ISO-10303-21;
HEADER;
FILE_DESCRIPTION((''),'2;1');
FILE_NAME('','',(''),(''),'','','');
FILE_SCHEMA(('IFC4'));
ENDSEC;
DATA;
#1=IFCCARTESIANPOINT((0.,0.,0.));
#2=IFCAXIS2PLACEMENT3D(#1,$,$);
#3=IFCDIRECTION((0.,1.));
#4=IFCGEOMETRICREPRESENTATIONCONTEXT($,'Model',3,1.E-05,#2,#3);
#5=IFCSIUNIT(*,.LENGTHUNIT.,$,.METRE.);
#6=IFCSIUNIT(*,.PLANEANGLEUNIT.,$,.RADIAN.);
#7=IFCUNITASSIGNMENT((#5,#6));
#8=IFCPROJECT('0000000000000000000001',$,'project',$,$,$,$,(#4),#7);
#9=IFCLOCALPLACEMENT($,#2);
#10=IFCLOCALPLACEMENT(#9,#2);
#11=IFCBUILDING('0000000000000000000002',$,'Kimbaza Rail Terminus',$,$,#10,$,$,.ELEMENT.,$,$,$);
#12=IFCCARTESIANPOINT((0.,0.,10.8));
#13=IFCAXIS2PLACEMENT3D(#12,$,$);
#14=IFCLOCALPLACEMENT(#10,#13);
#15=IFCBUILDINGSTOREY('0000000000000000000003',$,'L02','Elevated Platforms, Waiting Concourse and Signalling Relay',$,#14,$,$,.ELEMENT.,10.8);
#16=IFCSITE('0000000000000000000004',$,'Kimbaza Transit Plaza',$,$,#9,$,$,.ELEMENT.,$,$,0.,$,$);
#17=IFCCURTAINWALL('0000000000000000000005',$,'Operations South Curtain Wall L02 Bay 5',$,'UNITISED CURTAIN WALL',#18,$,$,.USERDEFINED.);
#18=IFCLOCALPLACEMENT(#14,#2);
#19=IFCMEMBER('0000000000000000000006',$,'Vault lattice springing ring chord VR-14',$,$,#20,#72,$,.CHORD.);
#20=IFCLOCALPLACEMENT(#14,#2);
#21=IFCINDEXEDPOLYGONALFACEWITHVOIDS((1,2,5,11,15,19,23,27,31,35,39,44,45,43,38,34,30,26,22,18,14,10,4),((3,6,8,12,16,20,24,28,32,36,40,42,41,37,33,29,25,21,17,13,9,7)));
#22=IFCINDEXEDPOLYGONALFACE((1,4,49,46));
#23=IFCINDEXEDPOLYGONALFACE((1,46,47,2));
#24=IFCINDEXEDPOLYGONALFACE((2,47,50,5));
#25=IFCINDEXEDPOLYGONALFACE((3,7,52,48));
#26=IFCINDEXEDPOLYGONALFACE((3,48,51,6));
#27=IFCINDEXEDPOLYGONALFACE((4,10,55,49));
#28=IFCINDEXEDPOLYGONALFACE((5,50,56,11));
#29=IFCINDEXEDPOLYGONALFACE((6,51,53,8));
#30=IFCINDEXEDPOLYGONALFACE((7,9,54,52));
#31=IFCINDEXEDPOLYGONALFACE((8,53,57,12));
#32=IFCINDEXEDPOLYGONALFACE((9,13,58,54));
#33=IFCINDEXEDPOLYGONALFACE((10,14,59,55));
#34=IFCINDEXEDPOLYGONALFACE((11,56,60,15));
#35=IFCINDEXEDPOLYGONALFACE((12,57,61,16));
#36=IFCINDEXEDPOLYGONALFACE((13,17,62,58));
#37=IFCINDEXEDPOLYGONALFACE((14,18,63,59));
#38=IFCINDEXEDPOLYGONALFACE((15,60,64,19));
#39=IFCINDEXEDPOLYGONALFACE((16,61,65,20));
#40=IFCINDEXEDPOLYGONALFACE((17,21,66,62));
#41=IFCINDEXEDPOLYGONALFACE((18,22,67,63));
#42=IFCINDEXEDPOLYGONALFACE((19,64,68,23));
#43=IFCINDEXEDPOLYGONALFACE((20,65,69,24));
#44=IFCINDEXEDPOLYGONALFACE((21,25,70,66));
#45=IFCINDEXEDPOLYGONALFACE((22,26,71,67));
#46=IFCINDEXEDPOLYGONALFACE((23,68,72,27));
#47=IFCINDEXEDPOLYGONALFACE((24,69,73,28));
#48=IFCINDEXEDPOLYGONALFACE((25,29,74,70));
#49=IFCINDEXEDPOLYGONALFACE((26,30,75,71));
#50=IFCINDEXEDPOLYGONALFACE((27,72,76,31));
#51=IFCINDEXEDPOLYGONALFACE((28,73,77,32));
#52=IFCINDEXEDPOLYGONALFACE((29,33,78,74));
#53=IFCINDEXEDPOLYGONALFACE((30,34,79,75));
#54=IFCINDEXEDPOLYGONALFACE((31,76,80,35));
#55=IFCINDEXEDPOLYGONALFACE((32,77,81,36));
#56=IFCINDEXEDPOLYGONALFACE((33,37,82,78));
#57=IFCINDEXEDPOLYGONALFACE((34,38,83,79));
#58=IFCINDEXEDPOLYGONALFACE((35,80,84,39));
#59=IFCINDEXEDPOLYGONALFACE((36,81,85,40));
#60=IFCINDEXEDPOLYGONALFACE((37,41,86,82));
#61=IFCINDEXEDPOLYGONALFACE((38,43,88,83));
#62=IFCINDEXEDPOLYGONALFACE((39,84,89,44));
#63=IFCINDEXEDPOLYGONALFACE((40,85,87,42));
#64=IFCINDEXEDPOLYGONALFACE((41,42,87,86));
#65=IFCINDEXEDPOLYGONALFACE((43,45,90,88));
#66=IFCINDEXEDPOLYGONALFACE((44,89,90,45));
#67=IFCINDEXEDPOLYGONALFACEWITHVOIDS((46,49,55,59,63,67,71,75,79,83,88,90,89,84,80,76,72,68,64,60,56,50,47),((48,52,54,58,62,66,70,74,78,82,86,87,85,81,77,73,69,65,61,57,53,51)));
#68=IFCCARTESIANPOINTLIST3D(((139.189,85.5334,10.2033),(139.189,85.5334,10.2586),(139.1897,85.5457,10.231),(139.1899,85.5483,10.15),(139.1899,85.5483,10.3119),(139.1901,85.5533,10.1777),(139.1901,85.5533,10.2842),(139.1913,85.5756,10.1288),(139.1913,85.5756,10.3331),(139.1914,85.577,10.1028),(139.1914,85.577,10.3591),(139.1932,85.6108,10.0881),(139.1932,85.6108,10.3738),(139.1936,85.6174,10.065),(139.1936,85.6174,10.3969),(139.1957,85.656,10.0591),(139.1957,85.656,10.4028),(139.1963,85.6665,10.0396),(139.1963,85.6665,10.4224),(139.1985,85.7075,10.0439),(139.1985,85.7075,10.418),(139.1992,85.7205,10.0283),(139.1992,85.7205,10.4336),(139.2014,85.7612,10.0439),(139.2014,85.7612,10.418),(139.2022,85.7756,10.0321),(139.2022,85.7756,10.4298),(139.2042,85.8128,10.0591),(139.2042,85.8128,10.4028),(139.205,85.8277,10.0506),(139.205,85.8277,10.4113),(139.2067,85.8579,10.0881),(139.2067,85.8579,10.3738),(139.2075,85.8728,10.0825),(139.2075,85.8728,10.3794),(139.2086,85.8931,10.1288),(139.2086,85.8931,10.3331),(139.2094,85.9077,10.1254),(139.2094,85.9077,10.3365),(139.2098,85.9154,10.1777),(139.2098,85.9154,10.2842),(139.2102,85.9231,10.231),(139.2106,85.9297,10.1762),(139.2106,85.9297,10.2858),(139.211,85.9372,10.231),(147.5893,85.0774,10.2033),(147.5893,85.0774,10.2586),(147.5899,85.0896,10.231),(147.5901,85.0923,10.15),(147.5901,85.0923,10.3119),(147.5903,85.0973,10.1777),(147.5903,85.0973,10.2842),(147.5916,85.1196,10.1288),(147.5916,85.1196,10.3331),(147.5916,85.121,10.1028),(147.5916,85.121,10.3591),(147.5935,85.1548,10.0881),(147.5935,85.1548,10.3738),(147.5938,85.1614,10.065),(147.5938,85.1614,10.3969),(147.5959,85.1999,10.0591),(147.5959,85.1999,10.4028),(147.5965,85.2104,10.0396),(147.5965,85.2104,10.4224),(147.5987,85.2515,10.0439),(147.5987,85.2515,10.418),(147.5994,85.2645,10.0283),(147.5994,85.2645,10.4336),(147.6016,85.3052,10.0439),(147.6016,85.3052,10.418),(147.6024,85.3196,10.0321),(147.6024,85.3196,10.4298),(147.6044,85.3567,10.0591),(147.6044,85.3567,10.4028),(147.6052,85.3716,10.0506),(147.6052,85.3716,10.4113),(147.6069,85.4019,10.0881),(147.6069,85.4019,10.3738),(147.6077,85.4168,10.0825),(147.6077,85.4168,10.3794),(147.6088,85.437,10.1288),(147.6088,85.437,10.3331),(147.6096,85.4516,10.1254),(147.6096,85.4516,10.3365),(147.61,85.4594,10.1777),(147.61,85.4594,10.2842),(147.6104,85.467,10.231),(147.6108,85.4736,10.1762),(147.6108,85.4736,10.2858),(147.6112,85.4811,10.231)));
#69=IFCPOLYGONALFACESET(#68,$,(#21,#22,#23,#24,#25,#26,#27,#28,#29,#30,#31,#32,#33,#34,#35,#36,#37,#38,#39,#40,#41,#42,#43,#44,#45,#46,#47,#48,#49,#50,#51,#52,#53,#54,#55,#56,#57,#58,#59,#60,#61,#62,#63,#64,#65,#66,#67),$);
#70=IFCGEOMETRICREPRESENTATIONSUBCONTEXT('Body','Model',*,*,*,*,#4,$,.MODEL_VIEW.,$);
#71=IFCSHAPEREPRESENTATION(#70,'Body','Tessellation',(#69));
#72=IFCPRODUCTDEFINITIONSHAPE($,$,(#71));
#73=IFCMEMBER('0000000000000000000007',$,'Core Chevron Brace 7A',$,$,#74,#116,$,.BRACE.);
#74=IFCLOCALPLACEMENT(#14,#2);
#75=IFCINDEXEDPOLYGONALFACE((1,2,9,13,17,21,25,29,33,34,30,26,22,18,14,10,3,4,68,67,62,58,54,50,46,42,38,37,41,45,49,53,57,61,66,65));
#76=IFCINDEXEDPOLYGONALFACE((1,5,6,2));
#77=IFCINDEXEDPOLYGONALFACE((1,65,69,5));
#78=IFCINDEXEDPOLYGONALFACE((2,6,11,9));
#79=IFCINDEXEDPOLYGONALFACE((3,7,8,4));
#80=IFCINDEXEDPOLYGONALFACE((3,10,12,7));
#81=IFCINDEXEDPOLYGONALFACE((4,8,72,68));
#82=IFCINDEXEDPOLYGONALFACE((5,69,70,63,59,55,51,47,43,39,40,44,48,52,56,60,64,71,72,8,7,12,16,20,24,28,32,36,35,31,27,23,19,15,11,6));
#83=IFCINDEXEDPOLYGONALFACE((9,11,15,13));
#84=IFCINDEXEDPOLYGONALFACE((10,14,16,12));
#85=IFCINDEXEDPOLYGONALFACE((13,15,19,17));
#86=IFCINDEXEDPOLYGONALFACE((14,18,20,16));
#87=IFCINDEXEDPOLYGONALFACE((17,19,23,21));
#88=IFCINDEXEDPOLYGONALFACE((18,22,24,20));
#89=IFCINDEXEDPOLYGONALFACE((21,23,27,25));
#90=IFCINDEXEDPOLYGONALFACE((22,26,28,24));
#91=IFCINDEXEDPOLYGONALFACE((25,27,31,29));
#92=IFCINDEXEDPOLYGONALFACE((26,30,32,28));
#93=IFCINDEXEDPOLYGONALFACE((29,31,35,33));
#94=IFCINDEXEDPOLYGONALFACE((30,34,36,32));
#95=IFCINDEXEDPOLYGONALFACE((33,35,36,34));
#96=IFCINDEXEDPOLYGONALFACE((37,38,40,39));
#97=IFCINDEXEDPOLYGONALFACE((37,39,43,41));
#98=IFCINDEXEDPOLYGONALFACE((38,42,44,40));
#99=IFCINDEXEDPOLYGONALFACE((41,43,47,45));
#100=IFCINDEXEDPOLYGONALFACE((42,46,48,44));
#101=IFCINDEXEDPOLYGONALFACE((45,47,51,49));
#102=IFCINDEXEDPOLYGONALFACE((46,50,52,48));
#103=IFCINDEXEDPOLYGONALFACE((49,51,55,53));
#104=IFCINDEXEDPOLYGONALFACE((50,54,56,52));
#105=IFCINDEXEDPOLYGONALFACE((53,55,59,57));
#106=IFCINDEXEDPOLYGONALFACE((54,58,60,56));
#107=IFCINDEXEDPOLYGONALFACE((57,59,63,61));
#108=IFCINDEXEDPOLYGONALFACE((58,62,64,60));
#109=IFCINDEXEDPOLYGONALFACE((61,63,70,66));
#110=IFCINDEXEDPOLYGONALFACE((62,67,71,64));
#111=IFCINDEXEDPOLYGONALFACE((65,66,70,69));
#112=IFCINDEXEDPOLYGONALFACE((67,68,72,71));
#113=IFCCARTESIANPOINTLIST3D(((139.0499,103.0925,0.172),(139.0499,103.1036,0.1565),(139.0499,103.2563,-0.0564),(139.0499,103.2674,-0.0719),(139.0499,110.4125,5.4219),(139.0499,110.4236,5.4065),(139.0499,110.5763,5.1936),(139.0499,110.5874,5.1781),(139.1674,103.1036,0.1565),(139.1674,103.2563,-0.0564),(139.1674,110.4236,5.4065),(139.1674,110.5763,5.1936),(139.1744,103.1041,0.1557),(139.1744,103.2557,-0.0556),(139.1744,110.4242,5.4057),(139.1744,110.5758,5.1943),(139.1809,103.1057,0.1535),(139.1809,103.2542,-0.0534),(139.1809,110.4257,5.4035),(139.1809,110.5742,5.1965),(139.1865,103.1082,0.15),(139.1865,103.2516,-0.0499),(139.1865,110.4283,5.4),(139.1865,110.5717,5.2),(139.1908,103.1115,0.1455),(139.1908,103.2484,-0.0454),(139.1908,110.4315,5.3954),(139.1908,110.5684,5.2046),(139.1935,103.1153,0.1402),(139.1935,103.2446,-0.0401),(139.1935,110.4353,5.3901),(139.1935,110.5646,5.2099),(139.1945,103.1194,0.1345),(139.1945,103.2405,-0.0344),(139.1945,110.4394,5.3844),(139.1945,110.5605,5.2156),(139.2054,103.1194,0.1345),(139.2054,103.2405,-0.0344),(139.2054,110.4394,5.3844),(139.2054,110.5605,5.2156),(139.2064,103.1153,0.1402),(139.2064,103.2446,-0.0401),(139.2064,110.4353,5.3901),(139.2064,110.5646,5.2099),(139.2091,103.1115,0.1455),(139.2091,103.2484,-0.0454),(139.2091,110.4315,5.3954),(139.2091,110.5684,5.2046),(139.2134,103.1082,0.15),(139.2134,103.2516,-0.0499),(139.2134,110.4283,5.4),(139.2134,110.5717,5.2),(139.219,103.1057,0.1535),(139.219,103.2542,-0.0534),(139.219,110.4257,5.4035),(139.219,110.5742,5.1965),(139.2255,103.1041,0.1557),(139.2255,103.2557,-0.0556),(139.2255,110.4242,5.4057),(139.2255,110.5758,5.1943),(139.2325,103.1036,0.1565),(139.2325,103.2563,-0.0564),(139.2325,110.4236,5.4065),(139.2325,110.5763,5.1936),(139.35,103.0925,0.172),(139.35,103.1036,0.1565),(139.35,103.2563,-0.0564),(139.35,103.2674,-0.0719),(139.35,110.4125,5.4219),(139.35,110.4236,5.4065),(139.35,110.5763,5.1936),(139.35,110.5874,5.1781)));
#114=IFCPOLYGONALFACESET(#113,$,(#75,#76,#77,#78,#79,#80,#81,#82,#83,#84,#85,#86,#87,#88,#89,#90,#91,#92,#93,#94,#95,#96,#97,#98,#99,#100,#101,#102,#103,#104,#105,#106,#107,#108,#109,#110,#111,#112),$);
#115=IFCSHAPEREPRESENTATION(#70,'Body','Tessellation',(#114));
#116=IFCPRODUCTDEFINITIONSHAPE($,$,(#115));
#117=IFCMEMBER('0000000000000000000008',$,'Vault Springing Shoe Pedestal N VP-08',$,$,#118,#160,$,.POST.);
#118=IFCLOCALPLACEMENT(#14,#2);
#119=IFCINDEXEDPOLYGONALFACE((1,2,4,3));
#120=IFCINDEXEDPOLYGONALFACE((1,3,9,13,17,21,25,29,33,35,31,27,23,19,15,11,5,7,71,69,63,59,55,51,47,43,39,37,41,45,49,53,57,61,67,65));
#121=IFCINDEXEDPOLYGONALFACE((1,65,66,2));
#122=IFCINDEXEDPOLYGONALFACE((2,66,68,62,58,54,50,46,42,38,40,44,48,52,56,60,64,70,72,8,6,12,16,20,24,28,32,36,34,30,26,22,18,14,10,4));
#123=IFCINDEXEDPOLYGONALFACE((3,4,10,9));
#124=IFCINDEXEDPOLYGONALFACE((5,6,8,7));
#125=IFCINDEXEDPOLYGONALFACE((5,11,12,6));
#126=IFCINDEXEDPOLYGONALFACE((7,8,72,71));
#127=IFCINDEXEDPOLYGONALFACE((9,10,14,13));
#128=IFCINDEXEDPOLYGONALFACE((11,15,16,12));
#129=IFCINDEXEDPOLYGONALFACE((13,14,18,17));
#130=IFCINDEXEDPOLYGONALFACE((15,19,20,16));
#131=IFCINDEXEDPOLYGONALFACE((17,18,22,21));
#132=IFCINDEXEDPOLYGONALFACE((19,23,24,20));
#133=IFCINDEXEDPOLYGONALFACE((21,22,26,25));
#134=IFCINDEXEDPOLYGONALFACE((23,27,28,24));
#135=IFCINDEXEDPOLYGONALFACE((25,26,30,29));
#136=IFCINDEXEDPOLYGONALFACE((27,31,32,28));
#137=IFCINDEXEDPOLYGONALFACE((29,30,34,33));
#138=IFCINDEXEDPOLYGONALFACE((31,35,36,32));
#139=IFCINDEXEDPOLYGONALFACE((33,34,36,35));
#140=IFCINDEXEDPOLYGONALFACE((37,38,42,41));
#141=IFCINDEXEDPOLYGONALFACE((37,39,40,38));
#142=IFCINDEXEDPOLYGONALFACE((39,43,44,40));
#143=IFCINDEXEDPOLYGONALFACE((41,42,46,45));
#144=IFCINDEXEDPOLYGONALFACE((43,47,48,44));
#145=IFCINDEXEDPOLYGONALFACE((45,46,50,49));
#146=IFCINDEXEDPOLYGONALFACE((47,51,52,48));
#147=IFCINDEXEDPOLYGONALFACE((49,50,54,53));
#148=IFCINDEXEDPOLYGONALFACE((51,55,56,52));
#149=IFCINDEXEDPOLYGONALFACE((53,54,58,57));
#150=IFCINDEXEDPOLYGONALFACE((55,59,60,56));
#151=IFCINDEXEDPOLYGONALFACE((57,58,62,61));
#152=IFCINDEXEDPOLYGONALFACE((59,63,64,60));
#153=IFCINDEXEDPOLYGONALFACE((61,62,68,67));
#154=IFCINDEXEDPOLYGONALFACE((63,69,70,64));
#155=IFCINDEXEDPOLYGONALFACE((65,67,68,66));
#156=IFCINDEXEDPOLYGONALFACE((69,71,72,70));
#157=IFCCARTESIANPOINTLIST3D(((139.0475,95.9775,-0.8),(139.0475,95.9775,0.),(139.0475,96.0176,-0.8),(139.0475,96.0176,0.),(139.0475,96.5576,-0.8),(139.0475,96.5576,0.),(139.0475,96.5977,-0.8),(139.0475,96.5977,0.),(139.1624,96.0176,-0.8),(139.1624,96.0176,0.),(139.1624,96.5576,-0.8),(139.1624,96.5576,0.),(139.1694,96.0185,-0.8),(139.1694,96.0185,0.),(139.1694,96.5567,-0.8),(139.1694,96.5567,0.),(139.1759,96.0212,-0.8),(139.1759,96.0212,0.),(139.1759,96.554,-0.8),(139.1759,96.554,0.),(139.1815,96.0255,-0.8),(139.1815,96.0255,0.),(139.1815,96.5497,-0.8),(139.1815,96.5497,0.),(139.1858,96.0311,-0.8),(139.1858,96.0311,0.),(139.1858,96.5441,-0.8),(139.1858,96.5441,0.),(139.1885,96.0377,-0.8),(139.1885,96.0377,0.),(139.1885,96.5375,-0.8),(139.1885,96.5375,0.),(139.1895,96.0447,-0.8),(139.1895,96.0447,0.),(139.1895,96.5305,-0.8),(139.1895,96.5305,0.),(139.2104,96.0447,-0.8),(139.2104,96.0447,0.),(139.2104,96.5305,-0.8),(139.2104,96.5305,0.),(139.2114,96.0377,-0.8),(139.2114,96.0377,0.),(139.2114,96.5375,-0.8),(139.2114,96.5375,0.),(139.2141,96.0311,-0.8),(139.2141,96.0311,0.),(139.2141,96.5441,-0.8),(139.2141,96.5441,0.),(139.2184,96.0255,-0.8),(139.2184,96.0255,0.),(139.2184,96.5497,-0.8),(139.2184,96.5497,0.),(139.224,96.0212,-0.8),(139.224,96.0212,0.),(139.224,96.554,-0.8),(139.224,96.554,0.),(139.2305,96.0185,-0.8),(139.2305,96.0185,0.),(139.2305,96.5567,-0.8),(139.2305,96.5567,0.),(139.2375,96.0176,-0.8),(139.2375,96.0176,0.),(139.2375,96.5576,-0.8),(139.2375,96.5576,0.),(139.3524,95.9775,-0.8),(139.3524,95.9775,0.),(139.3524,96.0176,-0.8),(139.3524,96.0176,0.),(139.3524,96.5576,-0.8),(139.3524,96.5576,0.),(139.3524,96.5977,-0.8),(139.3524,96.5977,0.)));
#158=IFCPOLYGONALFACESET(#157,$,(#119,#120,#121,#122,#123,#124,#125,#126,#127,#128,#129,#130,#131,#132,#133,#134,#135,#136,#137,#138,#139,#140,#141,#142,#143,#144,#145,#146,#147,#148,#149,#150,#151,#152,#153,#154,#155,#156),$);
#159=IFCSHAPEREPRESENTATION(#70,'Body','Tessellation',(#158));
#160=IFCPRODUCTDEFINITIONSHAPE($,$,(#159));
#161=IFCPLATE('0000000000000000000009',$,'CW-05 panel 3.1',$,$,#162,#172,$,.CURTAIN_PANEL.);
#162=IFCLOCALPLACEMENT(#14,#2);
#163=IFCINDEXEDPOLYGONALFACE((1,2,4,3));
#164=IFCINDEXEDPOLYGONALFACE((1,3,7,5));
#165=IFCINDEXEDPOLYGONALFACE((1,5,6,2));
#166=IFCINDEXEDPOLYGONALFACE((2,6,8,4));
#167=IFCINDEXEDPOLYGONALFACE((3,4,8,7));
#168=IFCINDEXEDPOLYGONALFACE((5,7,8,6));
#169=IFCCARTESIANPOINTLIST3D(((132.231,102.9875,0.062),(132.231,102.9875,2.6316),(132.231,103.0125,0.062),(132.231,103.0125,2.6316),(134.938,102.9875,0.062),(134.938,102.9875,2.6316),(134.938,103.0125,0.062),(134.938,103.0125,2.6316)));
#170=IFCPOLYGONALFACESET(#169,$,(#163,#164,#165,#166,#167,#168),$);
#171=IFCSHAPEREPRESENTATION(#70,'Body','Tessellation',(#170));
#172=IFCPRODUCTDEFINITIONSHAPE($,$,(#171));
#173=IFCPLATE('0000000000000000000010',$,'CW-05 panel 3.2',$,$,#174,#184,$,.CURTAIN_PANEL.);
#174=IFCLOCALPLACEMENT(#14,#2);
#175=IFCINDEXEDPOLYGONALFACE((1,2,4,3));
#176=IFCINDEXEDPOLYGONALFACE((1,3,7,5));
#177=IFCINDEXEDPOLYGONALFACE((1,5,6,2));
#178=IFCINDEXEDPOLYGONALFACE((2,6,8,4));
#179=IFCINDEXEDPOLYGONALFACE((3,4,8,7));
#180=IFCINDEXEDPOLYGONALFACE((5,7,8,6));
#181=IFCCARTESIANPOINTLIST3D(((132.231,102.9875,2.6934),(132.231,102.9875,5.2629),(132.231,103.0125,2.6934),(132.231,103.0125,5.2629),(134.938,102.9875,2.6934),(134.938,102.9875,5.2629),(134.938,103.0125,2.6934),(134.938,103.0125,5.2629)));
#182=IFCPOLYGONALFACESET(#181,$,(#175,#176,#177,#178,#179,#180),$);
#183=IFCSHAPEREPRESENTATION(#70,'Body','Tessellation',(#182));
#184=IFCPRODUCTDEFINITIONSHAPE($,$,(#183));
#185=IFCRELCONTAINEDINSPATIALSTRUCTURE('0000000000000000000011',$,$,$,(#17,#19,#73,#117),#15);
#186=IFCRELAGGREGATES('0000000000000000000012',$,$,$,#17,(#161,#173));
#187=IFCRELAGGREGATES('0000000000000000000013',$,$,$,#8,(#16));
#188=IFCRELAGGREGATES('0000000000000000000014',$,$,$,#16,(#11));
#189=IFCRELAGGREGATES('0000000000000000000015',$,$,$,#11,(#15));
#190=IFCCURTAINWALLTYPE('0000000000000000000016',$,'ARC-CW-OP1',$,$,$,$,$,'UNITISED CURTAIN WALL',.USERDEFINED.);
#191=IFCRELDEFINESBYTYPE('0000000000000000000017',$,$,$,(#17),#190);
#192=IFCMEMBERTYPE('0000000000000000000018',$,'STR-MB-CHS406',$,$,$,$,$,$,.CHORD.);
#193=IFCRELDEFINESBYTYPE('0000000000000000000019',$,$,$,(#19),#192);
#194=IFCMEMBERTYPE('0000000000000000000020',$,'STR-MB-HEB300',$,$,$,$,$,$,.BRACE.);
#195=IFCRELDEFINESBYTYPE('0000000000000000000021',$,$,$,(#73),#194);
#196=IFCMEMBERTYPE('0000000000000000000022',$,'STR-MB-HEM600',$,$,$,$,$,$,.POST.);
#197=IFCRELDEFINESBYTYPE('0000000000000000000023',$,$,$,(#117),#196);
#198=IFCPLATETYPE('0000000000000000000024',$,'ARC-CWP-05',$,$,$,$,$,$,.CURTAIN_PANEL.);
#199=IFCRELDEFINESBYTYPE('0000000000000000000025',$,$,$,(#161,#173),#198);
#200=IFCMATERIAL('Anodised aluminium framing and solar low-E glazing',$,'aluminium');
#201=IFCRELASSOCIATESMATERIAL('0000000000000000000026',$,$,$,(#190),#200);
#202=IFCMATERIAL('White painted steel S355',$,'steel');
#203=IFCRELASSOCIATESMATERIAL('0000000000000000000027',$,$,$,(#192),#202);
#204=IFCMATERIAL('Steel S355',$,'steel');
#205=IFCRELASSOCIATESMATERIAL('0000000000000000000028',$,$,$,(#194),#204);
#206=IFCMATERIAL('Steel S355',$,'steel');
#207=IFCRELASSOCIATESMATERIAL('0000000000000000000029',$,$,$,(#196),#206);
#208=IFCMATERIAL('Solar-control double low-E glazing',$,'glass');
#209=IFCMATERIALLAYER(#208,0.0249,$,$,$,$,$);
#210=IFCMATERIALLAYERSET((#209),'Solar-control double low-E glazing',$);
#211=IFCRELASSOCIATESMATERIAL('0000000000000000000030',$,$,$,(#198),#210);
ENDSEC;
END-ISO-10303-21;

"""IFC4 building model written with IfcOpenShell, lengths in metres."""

from ifc_helpers import new_model, si_unit, direction, frame, origin, origin_2d, place, context, subcontext, project, spatial, rectangle, hollow_circle, i_section, extrude, material, layer, layer_set, material_profile, profile_set, type_object, element, aggregate, save


model = new_model("IFC4")

# Units and contexts
model_context = context("Model", 3, precision=1e-05, world=origin(), true_north=direction((0.0, 1.0)))
body_context = subcontext(model_context, "Body", "Model", "MODEL_VIEW")
ifc_project = project(units=[si_unit("LENGTHUNIT", "METRE"), si_unit("PLANEANGLEUNIT", "RADIAN")], contexts=[model_context])

# Site, building, storey
site_placement = place(None, origin())
site = spatial("IfcSite", under=ifc_project, at=site_placement, Name="Kimbaza Transit Plaza", CompositionType="ELEMENT", RefElevation=0.0)
building_placement = place(site_placement, origin())
building = spatial("IfcBuilding", under=site, at=building_placement, Name="Kimbaza Rail Terminus", CompositionType="ELEMENT")
storey_placement = place(building_placement, frame((0.0, 0.0, 10.8)))
storey = spatial("IfcBuildingStorey", under=building, at=storey_placement, Name="L02", Description="Elevated Platforms, Waiting Concourse and Signalling Relay", CompositionType="ELEMENT", Elevation=10.8)

# Curtain wall
ifc_material_1 = material(Name="Anodised aluminium framing and solar low-E glazing", Category="aluminium")
curtain_wall_type = type_object("IfcCurtainWallType", Name="ARC-CW-OP1", ElementType="UNITISED CURTAIN WALL", PredefinedType="USERDEFINED", material=ifc_material_1)
curtain_wall_1_placement = place(storey_placement, origin())
curtain_wall_1 = element("IfcCurtainWall", 1, at=curtain_wall_1_placement, inside=storey, type_object=curtain_wall_type, Name="Operations South Curtain Wall L02 Bay 5", ObjectType="UNITISED CURTAIN WALL", PredefinedType="USERDEFINED")

# Members
ifc_material_2 = material(Name="White painted steel S355", Category="steel")
ifc_material_profile_1 = material_profile(ifc_material_2, hollow_circle(Radius=0.2031, WallThickness=0.0142, at=origin_2d()), Name="CHS 406.4x14.2")
ifc_profile_set_1 = profile_set([ifc_material_profile_1], Name="White painted steel S355")
member_type_1 = type_object("IfcMemberType", Name="STR-MB-CHS406", PredefinedType="CHORD", material=ifc_profile_set_1)
member_1_placement = place(storey_placement, frame((139.2, 85.7344, 10.231), z_axis=(0.998529, -0.054211, 0.0), x_axis=(0.054211, 0.998529, 0.0)))
element("IfcMember", 2, at=member_1_placement, inside=storey, type_object=member_type_1, Name="Vault lattice springing ring chord VR-14", PredefinedType="CHORD", context=body_context, shape_type="SweptSolid", body=[
    extrude(hollow_circle(Radius=0.2031, WallThickness=0.0142, at=origin_2d()), origin(), (0.0, 0.0, 1.0), 8.4126),
])
ifc_material_3 = material(Name="Steel S355", Category="steel")
ifc_material_profile_2 = material_profile(ifc_material_3, i_section(OverallWidth=0.3, OverallDepth=0.3, WebThickness=0.011, FlangeThickness=0.019, FilletRadius=0.0271, at=origin_2d()), Name="HEB 300")
ifc_profile_set_2 = profile_set([ifc_material_profile_2], Name="Steel S355")
member_type_2 = type_object("IfcMemberType", Name="STR-MB-HEB300", PredefinedType="BRACE", material=ifc_profile_set_2)
member_2_placement = place(storey_placement, frame((139.2, 103.1799, 0.05), z_axis=(0.0, 0.812609, 0.582809), x_axis=(-1.0, 0.0, 0.0)))
element("IfcMember", 3, at=member_2_placement, inside=storey, type_object=member_type_2, Name="Core Chevron Brace 7A", PredefinedType="BRACE", context=body_context, shape_type="SweptSolid", body=[
    extrude(i_section(OverallWidth=0.3, OverallDepth=0.3, WebThickness=0.011, FlangeThickness=0.019, FilletRadius=0.0271, at=origin_2d()), origin(), (0.0, 0.0, 1.0), 9.0081),
])
ifc_material_4 = material(Name="Steel S355", Category="steel")
ifc_material_profile_3 = material_profile(ifc_material_4, i_section(OverallWidth=0.3049, OverallDepth=0.6201, WebThickness=0.021, FlangeThickness=0.04, FilletRadius=0.0271, at=origin_2d()), Name="HEM 600")
ifc_profile_set_3 = profile_set([ifc_material_profile_3], Name="Steel S355")
member_type_3 = type_object("IfcMemberType", Name="STR-MB-HEM600", PredefinedType="POST", material=ifc_profile_set_3)
member_3_placement = place(storey_placement, frame((139.2, 96.2876, -0.8), z_axis=(0.0, 0.0, 1.0), x_axis=(1.0, 0.0, 0.0)))
element("IfcMember", 4, at=member_3_placement, inside=storey, type_object=member_type_3, Name="Vault Springing Shoe Pedestal N VP-08", PredefinedType="POST", context=body_context, shape_type="SweptSolid", body=[
    extrude(i_section(OverallWidth=0.3049, OverallDepth=0.6201, WebThickness=0.021, FlangeThickness=0.04, FilletRadius=0.0271, at=origin_2d()), origin(), (0.0, 0.0, 1.0), 0.8),
])

# Plates
ifc_material_5 = material(Name="Solar-control double low-E glazing", Category="glass")
ifc_layer_1 = layer(ifc_material_5, 0.0249)
ifc_layer_set_1 = layer_set([ifc_layer_1], Name="Solar-control double low-E glazing")
plate_type_1 = type_object("IfcPlateType", Name="ARC-CWP-05", PredefinedType="CURTAIN_PANEL", material=ifc_layer_set_1)
plate_1_placement = place(storey_placement, frame((133.5845, 103.0, 0.062), z_axis=(0.0, 0.0, 1.0), x_axis=(1.0, 0.0, 0.0)))
plate_1 = element("IfcPlate", 5, at=plate_1_placement, type_object=plate_type_1, Name="CW-05 panel 3.1", PredefinedType="CURTAIN_PANEL", context=body_context, shape_type="SweptSolid", body=[
    extrude(rectangle(XDim=2.707, YDim=0.0249, at=origin_2d()), origin(), (0.0, 0.0, 1.0), 2.5696),
])
plate_2_placement = place(storey_placement, frame((133.5845, 103.0, 2.6934), z_axis=(0.0, 0.0, 1.0), x_axis=(1.0, 0.0, 0.0)))
plate_2 = element("IfcPlate", 6, at=plate_2_placement, type_object=plate_type_1, Name="CW-05 panel 3.2", PredefinedType="CURTAIN_PANEL", context=body_context, shape_type="SweptSolid", body=[
    extrude(rectangle(XDim=2.707, YDim=0.0249, at=origin_2d()), origin(), (0.0, 0.0, 1.0), 2.5696),
])
aggregate(curtain_wall_1, [plate_1, plate_2])

save(model, "model.ifc")
